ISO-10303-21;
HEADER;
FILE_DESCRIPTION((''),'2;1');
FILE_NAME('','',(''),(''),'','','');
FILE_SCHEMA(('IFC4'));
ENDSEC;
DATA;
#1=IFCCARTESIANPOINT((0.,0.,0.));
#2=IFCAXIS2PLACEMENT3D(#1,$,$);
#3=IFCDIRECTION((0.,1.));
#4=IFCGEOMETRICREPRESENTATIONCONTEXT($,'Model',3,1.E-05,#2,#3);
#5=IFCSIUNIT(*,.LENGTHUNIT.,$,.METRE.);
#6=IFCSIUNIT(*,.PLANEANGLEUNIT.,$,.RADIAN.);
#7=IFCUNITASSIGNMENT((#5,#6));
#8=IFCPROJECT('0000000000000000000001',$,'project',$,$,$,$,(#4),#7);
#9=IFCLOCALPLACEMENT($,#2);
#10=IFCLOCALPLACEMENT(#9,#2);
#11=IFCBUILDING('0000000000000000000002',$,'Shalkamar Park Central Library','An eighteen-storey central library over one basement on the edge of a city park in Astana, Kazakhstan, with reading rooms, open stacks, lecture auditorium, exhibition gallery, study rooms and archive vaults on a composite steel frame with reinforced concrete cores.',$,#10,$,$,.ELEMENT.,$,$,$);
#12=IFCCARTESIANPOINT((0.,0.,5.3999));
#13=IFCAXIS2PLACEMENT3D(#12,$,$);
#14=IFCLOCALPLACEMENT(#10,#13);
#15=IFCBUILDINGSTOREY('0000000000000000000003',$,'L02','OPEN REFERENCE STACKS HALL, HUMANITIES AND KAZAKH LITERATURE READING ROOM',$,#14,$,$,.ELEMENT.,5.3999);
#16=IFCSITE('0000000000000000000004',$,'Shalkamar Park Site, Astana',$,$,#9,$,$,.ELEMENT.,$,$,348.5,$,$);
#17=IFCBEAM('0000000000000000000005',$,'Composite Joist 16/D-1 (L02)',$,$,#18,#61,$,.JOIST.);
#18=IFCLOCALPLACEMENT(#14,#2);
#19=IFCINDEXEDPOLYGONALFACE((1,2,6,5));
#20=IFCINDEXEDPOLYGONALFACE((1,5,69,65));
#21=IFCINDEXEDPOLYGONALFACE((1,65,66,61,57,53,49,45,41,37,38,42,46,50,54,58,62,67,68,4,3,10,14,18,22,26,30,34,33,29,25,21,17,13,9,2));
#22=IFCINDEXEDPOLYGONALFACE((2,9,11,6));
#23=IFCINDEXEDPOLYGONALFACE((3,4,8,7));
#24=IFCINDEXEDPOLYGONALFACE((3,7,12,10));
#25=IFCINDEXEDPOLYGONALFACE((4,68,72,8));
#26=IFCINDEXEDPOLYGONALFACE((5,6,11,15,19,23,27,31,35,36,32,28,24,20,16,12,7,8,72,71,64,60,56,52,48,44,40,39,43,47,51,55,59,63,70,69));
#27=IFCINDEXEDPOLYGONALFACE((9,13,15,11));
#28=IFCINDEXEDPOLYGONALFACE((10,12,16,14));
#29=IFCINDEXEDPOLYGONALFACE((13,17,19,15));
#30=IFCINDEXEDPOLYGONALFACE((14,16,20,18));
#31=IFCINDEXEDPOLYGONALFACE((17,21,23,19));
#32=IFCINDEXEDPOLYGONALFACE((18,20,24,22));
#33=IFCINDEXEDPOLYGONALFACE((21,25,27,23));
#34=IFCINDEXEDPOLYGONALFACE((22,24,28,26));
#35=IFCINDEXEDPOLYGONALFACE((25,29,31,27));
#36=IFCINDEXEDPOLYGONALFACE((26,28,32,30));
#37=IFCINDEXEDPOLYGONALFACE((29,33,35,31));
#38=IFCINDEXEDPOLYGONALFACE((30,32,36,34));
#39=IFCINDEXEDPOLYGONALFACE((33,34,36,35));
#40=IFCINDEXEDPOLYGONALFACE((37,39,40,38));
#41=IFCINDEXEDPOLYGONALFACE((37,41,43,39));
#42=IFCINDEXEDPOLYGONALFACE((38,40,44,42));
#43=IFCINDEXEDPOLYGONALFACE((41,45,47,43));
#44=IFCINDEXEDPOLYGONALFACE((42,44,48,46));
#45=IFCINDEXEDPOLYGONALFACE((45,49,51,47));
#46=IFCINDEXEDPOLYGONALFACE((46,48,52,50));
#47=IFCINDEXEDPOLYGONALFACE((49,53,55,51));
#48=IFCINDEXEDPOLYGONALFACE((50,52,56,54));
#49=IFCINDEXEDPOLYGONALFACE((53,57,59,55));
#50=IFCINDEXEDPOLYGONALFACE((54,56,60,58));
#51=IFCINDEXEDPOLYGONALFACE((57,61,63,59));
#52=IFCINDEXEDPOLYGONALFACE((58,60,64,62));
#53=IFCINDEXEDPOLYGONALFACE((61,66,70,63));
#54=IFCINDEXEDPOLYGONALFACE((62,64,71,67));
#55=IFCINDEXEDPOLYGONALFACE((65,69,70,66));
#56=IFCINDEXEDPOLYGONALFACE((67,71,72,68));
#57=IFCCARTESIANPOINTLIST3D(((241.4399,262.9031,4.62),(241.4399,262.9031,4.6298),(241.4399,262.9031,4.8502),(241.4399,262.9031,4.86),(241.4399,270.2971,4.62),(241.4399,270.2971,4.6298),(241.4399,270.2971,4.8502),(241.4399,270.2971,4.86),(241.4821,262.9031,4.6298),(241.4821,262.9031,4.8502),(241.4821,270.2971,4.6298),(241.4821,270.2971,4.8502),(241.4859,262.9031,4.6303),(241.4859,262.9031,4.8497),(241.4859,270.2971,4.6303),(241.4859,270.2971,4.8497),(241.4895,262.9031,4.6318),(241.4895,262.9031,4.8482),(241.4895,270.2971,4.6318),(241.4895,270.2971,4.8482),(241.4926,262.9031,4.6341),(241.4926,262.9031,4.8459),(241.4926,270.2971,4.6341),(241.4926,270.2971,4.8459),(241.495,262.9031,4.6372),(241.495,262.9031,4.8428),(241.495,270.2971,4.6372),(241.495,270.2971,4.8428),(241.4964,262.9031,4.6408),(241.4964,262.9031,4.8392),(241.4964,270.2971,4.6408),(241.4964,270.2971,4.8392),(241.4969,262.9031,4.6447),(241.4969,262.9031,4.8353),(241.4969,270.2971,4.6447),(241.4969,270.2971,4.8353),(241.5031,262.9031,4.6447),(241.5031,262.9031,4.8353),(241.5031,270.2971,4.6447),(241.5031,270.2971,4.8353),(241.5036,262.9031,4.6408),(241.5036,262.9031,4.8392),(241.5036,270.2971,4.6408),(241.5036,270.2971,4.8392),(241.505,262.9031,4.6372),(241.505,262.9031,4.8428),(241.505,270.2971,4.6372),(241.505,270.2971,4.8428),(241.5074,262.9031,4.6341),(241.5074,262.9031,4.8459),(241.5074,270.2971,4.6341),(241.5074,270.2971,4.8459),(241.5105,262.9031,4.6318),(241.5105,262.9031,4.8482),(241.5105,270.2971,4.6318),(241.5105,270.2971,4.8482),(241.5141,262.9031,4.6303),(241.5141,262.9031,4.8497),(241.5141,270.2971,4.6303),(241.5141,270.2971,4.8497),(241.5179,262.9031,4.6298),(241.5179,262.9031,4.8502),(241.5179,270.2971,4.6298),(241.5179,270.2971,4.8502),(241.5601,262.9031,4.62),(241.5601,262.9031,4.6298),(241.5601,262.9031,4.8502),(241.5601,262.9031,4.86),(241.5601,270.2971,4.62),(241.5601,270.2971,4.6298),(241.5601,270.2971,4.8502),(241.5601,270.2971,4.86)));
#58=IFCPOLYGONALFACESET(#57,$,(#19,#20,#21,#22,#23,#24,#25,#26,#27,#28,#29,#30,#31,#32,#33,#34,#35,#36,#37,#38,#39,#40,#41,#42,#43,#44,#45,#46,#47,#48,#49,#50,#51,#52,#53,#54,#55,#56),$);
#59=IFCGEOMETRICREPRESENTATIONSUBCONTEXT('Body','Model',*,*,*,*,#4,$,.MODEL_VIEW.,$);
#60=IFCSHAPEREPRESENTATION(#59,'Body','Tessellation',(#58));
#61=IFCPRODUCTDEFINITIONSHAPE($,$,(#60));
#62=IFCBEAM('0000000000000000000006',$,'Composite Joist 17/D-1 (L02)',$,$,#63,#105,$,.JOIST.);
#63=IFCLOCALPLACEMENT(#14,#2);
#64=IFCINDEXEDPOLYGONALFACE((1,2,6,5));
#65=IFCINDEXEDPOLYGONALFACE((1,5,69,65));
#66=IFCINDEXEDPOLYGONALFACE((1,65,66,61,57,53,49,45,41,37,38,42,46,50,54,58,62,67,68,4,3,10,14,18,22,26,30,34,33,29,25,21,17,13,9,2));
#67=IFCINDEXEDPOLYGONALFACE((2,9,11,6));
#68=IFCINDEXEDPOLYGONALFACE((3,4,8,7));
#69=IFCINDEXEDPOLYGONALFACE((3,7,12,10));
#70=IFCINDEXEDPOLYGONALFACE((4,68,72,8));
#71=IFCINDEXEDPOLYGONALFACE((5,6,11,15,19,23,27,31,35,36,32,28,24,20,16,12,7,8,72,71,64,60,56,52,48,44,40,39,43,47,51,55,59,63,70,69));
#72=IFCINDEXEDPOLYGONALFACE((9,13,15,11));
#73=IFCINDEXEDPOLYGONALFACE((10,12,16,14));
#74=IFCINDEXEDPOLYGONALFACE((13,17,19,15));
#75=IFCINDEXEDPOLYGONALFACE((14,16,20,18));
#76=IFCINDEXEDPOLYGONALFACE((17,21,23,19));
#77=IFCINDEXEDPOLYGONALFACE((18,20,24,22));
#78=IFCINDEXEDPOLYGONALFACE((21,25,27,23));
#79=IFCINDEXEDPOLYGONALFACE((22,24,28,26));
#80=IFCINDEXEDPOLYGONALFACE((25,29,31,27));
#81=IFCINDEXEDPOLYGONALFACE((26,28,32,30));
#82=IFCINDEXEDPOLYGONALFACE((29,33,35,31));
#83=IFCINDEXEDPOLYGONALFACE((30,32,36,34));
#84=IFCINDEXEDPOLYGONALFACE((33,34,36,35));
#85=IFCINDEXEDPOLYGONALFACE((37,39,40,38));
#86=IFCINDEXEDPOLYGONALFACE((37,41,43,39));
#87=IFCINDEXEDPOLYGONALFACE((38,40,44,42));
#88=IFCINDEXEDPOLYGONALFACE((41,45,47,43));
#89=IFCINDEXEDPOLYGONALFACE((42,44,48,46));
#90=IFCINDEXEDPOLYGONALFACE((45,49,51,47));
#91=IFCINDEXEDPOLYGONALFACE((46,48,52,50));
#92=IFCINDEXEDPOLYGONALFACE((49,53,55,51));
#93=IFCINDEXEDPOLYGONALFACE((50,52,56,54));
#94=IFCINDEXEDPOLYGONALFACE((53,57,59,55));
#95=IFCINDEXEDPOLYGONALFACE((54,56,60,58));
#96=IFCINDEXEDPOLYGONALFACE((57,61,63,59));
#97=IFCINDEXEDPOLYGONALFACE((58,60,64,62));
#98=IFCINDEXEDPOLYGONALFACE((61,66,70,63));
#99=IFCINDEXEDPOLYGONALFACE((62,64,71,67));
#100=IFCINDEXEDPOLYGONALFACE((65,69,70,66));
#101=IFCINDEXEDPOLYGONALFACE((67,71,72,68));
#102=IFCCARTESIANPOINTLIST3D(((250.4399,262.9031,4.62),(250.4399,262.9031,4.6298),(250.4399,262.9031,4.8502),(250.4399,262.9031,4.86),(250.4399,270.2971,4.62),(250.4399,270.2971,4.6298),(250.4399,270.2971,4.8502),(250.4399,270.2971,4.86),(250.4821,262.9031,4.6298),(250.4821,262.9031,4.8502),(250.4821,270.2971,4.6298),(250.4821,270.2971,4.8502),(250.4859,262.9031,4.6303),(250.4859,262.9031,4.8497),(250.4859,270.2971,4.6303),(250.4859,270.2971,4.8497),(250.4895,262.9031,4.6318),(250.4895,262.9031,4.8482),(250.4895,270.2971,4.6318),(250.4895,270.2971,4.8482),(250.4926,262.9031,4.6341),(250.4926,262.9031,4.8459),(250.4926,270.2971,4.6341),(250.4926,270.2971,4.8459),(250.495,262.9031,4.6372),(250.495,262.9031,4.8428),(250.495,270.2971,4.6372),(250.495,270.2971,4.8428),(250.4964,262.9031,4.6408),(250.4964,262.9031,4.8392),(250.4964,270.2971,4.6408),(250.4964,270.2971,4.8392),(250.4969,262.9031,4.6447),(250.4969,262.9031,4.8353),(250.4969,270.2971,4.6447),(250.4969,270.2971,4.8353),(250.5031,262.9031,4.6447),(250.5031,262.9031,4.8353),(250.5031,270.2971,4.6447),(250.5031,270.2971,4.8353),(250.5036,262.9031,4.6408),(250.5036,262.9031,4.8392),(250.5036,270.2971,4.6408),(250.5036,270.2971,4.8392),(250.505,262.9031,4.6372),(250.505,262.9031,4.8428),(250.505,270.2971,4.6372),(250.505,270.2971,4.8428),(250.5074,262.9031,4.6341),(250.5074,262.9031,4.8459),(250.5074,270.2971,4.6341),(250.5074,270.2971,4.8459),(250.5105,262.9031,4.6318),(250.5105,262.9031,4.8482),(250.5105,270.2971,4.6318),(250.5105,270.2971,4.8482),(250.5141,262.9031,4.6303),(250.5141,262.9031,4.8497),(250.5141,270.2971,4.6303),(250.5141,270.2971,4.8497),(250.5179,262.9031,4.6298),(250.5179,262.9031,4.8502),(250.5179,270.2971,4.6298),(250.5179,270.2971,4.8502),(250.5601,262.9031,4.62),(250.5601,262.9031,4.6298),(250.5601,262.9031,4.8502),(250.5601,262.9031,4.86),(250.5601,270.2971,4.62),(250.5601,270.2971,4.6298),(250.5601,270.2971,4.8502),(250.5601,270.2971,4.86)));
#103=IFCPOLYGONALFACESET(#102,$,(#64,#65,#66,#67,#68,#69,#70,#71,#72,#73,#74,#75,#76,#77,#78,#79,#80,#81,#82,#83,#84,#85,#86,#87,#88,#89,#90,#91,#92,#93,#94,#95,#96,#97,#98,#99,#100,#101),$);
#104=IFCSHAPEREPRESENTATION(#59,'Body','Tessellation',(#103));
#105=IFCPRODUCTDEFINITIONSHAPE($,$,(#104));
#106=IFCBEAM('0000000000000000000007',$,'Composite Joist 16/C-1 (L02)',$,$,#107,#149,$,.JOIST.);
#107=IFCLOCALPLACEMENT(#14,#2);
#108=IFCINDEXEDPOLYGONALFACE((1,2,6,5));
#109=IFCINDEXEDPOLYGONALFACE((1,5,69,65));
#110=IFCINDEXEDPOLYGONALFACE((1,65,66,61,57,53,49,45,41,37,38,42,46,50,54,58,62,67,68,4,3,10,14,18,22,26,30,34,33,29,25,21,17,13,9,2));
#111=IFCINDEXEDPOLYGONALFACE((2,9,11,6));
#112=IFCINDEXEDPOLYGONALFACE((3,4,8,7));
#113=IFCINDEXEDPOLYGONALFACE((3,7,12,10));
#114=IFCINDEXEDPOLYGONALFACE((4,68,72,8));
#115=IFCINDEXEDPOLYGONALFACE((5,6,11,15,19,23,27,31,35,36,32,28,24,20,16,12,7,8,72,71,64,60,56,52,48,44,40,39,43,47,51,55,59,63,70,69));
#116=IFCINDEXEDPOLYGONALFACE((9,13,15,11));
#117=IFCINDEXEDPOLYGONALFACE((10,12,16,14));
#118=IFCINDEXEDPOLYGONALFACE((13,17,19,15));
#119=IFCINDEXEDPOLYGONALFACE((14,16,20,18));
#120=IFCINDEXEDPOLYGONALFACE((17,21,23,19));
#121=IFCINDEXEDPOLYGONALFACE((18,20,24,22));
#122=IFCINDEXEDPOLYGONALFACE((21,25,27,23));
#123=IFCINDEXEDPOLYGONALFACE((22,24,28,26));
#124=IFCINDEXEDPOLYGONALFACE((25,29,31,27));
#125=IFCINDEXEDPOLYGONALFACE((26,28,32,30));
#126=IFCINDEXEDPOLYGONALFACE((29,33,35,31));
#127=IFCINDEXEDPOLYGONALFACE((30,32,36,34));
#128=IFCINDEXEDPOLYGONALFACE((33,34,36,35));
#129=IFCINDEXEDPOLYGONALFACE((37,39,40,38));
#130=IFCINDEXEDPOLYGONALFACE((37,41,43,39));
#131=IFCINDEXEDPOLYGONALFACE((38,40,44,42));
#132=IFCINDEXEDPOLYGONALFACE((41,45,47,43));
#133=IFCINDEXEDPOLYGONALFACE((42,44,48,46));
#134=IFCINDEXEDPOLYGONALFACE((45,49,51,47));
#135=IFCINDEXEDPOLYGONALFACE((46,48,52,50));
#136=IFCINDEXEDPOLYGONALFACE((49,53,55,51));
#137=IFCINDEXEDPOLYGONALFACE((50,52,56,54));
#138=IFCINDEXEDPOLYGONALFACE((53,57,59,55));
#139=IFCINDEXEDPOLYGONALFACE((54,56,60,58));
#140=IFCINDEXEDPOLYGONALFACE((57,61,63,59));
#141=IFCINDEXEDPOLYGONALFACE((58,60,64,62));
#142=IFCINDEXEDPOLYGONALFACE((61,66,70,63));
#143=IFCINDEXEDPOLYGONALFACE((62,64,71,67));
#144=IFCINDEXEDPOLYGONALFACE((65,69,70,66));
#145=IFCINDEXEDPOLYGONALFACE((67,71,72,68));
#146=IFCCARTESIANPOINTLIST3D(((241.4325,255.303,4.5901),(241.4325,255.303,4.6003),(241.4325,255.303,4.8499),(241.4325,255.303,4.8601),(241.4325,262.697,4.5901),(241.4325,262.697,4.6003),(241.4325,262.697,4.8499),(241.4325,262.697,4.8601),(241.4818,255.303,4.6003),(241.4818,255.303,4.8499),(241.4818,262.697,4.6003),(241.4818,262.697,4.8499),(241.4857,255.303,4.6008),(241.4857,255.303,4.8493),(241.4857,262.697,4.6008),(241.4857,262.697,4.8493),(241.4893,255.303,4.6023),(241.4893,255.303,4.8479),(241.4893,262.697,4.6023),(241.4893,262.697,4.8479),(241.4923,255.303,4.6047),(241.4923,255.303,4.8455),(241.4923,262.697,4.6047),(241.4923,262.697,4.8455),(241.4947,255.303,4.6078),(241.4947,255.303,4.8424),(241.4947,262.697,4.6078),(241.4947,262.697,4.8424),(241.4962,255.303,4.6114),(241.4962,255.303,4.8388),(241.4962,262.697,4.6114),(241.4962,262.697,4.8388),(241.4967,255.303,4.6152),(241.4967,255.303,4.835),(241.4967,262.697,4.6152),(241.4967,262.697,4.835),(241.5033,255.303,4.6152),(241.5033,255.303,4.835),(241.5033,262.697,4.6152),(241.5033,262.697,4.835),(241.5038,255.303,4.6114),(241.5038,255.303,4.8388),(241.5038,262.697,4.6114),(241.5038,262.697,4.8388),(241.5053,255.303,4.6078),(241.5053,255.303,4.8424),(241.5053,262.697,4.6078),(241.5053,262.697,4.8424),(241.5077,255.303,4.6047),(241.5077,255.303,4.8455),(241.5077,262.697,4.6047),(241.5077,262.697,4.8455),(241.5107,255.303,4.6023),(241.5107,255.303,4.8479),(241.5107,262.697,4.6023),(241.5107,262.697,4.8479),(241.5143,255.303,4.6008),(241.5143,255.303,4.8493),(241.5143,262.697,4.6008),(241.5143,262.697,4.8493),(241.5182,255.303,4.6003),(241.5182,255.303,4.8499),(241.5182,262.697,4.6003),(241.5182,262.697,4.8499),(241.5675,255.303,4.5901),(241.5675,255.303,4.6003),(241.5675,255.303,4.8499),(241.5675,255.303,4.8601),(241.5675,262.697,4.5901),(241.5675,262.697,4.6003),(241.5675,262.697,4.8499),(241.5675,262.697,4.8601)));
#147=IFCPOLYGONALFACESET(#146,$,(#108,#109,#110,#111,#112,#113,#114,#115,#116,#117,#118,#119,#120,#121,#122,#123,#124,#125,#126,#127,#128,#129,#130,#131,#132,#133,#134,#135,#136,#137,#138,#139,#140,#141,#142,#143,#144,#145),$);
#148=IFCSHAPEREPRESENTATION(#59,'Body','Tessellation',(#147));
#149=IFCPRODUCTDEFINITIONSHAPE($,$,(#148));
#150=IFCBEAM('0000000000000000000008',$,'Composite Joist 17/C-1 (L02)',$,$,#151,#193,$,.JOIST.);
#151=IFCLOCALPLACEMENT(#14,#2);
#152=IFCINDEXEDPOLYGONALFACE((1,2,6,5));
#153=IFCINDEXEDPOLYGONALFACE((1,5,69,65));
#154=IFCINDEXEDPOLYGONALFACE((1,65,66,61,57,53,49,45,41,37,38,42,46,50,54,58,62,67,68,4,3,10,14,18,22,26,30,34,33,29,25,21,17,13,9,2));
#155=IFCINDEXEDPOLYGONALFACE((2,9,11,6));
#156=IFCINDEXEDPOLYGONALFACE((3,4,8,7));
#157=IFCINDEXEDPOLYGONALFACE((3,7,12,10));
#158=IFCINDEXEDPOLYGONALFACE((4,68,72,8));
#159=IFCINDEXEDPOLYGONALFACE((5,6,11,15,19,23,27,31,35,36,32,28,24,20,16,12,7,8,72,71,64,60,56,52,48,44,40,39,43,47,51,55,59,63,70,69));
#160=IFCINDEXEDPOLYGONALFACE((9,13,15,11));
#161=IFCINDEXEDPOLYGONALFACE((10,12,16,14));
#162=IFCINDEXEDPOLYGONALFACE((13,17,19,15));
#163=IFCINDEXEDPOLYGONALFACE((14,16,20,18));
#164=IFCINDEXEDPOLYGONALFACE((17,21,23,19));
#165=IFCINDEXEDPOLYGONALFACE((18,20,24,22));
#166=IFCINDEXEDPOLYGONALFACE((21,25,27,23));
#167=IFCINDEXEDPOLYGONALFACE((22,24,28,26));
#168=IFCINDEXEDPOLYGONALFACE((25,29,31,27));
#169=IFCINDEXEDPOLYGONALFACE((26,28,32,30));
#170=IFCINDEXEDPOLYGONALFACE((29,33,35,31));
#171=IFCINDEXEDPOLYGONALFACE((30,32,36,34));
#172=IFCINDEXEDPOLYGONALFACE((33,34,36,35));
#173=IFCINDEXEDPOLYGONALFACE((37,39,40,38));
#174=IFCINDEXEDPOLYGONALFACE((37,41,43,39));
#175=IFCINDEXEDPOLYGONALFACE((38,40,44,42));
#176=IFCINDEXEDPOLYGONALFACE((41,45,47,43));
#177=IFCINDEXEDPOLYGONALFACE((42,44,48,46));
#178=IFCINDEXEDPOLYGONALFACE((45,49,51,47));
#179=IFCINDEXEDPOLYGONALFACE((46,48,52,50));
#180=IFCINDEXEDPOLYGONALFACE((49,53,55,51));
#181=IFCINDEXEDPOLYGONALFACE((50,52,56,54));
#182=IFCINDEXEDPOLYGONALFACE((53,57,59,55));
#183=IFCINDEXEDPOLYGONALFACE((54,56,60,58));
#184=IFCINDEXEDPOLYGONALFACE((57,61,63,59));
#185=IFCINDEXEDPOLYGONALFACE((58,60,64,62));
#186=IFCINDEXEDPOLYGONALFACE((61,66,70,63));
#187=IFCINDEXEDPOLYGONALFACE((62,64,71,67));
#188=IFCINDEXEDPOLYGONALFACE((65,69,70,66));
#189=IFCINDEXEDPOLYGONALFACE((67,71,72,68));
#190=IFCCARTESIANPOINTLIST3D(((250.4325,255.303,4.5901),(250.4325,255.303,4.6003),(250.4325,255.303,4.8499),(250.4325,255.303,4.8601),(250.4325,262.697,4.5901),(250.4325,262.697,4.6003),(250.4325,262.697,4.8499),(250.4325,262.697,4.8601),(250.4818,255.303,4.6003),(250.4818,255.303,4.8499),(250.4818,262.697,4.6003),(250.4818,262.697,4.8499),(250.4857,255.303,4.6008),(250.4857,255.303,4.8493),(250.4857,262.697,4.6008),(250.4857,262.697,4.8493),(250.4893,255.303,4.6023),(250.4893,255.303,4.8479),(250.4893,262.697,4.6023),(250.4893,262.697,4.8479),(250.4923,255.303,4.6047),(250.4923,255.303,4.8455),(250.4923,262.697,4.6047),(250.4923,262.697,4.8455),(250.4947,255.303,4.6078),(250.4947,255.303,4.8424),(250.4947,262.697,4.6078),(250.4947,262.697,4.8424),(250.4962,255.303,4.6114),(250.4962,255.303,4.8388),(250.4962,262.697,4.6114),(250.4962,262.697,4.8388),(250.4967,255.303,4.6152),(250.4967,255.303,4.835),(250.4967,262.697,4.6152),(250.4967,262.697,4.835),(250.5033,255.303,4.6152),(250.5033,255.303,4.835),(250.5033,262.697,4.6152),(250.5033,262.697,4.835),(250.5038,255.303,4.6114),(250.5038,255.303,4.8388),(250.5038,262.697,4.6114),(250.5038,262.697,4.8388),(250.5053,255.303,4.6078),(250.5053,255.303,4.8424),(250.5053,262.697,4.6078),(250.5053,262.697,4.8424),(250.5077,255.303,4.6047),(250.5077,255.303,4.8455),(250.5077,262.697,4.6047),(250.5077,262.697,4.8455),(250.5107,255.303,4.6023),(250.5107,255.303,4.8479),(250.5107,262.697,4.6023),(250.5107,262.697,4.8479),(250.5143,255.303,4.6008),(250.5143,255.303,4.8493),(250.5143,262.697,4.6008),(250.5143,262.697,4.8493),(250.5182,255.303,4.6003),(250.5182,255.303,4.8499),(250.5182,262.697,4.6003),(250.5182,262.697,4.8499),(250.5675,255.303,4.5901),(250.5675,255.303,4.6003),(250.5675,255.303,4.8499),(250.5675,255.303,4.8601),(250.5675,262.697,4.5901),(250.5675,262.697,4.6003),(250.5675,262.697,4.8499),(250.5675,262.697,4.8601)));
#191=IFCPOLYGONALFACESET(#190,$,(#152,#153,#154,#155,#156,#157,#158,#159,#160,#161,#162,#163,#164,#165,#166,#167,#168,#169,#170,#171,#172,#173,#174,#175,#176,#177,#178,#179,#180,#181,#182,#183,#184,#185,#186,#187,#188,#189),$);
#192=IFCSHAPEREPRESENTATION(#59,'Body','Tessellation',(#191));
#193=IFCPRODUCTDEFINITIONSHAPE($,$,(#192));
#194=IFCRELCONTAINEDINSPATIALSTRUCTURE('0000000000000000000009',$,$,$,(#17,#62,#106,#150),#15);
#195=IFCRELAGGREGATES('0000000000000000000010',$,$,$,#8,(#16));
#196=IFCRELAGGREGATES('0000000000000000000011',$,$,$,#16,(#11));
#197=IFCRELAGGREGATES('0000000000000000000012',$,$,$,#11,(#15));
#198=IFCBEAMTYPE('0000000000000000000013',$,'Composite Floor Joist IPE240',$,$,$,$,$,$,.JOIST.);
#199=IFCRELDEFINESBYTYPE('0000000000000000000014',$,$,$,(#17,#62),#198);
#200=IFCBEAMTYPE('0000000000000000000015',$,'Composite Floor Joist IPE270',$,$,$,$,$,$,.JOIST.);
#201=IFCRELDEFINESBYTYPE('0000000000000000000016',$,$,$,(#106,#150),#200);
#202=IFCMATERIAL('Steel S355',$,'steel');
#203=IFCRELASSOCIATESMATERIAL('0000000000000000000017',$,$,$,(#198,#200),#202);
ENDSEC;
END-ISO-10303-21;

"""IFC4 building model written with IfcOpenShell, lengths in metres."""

from ifc_helpers import new_model, si_unit, direction, frame, origin, origin_2d, place, context, subcontext, project, spatial, i_section, extrude, material, material_profile, profile_set, type_object, element, save


model = new_model("IFC4")

# Units and contexts
model_context = context("Model", 3, precision=1e-05, world=origin(), true_north=direction((0.0, 1.0)))
body_context = subcontext(model_context, "Body", "Model", "MODEL_VIEW")
ifc_project = project(units=[si_unit("LENGTHUNIT", "METRE"), si_unit("PLANEANGLEUNIT", "RADIAN")], contexts=[model_context])

# Site, building, storey
site_placement = place(None, origin())
site = spatial("IfcSite", under=ifc_project, at=site_placement, Name="Shalkamar Park Site, Astana", CompositionType="ELEMENT", RefElevation=348.5)
building_placement = place(site_placement, origin())
building = spatial("IfcBuilding", under=site, at=building_placement, Name="Shalkamar Park Central Library", Description="An eighteen-storey central library over one basement on the edge of a city park in Astana, Kazakhstan, with reading rooms, open stacks, lecture auditorium, exhibition gallery, study rooms and archive vaults on a composite steel frame with reinforced concrete cores.", CompositionType="ELEMENT")
storey_placement = place(building_placement, frame((0.0, 0.0, 5.3999)))
storey = spatial("IfcBuildingStorey", under=building, at=storey_placement, Name="L02", Description="OPEN REFERENCE STACKS HALL, HUMANITIES AND KAZAKH LITERATURE READING ROOM", CompositionType="ELEMENT", Elevation=5.3999)

# Shared definitions
ifc_material_1 = material(Name="Steel S355", Category="steel")

# Beams
ifc_material_profile_1 = material_profile(ifc_material_1, i_section(OverallWidth=0.1201, OverallDepth=0.24, WebThickness=0.0061, FlangeThickness=0.0098, FilletRadius=0.0149, at=origin_2d()), Name="IPE 240")
ifc_profile_set_1 = profile_set([ifc_material_profile_1], Name="Steel S355")
beam_type_1 = type_object("IfcBeamType", Name="Composite Floor Joist IPE240", PredefinedType="JOIST", material=ifc_profile_set_1)
for number, where, z_axis, x_axis, name in (
    (1, (241.5, 262.9031, 4.74), (0.0, 1.0, 0.0), (-1.0, 0.0, 0.0), "Composite Joist 16/D-1 (L02)"),
    (2, (250.5, 262.9031, 4.74), (0.0, 1.0, 0.0), (-1.0, 0.0, 0.0), "Composite Joist 17/D-1 (L02)"),
):
    element("IfcBeam", number, at=place(storey_placement, frame(where, z_axis=z_axis, x_axis=x_axis)), inside=storey, type_object=beam_type_1, Name=name, PredefinedType="JOIST", context=body_context, shape_type="SweptSolid", body=[
        extrude(i_section(OverallWidth=0.1201, OverallDepth=0.24, WebThickness=0.0061, FlangeThickness=0.0098, FilletRadius=0.0149, at=origin_2d()), origin(), (0.0, 0.0, 1.0), 7.394),
    ])
ifc_material_profile_2 = material_profile(ifc_material_1, i_section(OverallWidth=0.135, OverallDepth=0.27, WebThickness=0.0066, FlangeThickness=0.0103, FilletRadius=0.0149, at=origin_2d()), Name="IPE 270")
ifc_profile_set_2 = profile_set([ifc_material_profile_2], Name="Steel S355")
beam_type_2 = type_object("IfcBeamType", Name="Composite Floor Joist IPE270", PredefinedType="JOIST", material=ifc_profile_set_2)
for number, where, z_axis, x_axis, name in (
    (3, (241.5, 255.303, 4.7251), (0.0, 1.0, 0.0), (-1.0, 0.0, 0.0), "Composite Joist 16/C-1 (L02)"),
    (4, (250.5, 255.303, 4.7251), (0.0, 1.0, 0.0), (-1.0, 0.0, 0.0), "Composite Joist 17/C-1 (L02)"),
):
    element("IfcBeam", number, at=place(storey_placement, frame(where, z_axis=z_axis, x_axis=x_axis)), inside=storey, type_object=beam_type_2, Name=name, PredefinedType="JOIST", context=body_context, shape_type="SweptSolid", body=[
        extrude(i_section(OverallWidth=0.135, OverallDepth=0.27, WebThickness=0.0066, FlangeThickness=0.0103, FilletRadius=0.0149, at=origin_2d()), origin(), (0.0, 0.0, 1.0), 7.394),
    ])

save(model, "model.ifc")
